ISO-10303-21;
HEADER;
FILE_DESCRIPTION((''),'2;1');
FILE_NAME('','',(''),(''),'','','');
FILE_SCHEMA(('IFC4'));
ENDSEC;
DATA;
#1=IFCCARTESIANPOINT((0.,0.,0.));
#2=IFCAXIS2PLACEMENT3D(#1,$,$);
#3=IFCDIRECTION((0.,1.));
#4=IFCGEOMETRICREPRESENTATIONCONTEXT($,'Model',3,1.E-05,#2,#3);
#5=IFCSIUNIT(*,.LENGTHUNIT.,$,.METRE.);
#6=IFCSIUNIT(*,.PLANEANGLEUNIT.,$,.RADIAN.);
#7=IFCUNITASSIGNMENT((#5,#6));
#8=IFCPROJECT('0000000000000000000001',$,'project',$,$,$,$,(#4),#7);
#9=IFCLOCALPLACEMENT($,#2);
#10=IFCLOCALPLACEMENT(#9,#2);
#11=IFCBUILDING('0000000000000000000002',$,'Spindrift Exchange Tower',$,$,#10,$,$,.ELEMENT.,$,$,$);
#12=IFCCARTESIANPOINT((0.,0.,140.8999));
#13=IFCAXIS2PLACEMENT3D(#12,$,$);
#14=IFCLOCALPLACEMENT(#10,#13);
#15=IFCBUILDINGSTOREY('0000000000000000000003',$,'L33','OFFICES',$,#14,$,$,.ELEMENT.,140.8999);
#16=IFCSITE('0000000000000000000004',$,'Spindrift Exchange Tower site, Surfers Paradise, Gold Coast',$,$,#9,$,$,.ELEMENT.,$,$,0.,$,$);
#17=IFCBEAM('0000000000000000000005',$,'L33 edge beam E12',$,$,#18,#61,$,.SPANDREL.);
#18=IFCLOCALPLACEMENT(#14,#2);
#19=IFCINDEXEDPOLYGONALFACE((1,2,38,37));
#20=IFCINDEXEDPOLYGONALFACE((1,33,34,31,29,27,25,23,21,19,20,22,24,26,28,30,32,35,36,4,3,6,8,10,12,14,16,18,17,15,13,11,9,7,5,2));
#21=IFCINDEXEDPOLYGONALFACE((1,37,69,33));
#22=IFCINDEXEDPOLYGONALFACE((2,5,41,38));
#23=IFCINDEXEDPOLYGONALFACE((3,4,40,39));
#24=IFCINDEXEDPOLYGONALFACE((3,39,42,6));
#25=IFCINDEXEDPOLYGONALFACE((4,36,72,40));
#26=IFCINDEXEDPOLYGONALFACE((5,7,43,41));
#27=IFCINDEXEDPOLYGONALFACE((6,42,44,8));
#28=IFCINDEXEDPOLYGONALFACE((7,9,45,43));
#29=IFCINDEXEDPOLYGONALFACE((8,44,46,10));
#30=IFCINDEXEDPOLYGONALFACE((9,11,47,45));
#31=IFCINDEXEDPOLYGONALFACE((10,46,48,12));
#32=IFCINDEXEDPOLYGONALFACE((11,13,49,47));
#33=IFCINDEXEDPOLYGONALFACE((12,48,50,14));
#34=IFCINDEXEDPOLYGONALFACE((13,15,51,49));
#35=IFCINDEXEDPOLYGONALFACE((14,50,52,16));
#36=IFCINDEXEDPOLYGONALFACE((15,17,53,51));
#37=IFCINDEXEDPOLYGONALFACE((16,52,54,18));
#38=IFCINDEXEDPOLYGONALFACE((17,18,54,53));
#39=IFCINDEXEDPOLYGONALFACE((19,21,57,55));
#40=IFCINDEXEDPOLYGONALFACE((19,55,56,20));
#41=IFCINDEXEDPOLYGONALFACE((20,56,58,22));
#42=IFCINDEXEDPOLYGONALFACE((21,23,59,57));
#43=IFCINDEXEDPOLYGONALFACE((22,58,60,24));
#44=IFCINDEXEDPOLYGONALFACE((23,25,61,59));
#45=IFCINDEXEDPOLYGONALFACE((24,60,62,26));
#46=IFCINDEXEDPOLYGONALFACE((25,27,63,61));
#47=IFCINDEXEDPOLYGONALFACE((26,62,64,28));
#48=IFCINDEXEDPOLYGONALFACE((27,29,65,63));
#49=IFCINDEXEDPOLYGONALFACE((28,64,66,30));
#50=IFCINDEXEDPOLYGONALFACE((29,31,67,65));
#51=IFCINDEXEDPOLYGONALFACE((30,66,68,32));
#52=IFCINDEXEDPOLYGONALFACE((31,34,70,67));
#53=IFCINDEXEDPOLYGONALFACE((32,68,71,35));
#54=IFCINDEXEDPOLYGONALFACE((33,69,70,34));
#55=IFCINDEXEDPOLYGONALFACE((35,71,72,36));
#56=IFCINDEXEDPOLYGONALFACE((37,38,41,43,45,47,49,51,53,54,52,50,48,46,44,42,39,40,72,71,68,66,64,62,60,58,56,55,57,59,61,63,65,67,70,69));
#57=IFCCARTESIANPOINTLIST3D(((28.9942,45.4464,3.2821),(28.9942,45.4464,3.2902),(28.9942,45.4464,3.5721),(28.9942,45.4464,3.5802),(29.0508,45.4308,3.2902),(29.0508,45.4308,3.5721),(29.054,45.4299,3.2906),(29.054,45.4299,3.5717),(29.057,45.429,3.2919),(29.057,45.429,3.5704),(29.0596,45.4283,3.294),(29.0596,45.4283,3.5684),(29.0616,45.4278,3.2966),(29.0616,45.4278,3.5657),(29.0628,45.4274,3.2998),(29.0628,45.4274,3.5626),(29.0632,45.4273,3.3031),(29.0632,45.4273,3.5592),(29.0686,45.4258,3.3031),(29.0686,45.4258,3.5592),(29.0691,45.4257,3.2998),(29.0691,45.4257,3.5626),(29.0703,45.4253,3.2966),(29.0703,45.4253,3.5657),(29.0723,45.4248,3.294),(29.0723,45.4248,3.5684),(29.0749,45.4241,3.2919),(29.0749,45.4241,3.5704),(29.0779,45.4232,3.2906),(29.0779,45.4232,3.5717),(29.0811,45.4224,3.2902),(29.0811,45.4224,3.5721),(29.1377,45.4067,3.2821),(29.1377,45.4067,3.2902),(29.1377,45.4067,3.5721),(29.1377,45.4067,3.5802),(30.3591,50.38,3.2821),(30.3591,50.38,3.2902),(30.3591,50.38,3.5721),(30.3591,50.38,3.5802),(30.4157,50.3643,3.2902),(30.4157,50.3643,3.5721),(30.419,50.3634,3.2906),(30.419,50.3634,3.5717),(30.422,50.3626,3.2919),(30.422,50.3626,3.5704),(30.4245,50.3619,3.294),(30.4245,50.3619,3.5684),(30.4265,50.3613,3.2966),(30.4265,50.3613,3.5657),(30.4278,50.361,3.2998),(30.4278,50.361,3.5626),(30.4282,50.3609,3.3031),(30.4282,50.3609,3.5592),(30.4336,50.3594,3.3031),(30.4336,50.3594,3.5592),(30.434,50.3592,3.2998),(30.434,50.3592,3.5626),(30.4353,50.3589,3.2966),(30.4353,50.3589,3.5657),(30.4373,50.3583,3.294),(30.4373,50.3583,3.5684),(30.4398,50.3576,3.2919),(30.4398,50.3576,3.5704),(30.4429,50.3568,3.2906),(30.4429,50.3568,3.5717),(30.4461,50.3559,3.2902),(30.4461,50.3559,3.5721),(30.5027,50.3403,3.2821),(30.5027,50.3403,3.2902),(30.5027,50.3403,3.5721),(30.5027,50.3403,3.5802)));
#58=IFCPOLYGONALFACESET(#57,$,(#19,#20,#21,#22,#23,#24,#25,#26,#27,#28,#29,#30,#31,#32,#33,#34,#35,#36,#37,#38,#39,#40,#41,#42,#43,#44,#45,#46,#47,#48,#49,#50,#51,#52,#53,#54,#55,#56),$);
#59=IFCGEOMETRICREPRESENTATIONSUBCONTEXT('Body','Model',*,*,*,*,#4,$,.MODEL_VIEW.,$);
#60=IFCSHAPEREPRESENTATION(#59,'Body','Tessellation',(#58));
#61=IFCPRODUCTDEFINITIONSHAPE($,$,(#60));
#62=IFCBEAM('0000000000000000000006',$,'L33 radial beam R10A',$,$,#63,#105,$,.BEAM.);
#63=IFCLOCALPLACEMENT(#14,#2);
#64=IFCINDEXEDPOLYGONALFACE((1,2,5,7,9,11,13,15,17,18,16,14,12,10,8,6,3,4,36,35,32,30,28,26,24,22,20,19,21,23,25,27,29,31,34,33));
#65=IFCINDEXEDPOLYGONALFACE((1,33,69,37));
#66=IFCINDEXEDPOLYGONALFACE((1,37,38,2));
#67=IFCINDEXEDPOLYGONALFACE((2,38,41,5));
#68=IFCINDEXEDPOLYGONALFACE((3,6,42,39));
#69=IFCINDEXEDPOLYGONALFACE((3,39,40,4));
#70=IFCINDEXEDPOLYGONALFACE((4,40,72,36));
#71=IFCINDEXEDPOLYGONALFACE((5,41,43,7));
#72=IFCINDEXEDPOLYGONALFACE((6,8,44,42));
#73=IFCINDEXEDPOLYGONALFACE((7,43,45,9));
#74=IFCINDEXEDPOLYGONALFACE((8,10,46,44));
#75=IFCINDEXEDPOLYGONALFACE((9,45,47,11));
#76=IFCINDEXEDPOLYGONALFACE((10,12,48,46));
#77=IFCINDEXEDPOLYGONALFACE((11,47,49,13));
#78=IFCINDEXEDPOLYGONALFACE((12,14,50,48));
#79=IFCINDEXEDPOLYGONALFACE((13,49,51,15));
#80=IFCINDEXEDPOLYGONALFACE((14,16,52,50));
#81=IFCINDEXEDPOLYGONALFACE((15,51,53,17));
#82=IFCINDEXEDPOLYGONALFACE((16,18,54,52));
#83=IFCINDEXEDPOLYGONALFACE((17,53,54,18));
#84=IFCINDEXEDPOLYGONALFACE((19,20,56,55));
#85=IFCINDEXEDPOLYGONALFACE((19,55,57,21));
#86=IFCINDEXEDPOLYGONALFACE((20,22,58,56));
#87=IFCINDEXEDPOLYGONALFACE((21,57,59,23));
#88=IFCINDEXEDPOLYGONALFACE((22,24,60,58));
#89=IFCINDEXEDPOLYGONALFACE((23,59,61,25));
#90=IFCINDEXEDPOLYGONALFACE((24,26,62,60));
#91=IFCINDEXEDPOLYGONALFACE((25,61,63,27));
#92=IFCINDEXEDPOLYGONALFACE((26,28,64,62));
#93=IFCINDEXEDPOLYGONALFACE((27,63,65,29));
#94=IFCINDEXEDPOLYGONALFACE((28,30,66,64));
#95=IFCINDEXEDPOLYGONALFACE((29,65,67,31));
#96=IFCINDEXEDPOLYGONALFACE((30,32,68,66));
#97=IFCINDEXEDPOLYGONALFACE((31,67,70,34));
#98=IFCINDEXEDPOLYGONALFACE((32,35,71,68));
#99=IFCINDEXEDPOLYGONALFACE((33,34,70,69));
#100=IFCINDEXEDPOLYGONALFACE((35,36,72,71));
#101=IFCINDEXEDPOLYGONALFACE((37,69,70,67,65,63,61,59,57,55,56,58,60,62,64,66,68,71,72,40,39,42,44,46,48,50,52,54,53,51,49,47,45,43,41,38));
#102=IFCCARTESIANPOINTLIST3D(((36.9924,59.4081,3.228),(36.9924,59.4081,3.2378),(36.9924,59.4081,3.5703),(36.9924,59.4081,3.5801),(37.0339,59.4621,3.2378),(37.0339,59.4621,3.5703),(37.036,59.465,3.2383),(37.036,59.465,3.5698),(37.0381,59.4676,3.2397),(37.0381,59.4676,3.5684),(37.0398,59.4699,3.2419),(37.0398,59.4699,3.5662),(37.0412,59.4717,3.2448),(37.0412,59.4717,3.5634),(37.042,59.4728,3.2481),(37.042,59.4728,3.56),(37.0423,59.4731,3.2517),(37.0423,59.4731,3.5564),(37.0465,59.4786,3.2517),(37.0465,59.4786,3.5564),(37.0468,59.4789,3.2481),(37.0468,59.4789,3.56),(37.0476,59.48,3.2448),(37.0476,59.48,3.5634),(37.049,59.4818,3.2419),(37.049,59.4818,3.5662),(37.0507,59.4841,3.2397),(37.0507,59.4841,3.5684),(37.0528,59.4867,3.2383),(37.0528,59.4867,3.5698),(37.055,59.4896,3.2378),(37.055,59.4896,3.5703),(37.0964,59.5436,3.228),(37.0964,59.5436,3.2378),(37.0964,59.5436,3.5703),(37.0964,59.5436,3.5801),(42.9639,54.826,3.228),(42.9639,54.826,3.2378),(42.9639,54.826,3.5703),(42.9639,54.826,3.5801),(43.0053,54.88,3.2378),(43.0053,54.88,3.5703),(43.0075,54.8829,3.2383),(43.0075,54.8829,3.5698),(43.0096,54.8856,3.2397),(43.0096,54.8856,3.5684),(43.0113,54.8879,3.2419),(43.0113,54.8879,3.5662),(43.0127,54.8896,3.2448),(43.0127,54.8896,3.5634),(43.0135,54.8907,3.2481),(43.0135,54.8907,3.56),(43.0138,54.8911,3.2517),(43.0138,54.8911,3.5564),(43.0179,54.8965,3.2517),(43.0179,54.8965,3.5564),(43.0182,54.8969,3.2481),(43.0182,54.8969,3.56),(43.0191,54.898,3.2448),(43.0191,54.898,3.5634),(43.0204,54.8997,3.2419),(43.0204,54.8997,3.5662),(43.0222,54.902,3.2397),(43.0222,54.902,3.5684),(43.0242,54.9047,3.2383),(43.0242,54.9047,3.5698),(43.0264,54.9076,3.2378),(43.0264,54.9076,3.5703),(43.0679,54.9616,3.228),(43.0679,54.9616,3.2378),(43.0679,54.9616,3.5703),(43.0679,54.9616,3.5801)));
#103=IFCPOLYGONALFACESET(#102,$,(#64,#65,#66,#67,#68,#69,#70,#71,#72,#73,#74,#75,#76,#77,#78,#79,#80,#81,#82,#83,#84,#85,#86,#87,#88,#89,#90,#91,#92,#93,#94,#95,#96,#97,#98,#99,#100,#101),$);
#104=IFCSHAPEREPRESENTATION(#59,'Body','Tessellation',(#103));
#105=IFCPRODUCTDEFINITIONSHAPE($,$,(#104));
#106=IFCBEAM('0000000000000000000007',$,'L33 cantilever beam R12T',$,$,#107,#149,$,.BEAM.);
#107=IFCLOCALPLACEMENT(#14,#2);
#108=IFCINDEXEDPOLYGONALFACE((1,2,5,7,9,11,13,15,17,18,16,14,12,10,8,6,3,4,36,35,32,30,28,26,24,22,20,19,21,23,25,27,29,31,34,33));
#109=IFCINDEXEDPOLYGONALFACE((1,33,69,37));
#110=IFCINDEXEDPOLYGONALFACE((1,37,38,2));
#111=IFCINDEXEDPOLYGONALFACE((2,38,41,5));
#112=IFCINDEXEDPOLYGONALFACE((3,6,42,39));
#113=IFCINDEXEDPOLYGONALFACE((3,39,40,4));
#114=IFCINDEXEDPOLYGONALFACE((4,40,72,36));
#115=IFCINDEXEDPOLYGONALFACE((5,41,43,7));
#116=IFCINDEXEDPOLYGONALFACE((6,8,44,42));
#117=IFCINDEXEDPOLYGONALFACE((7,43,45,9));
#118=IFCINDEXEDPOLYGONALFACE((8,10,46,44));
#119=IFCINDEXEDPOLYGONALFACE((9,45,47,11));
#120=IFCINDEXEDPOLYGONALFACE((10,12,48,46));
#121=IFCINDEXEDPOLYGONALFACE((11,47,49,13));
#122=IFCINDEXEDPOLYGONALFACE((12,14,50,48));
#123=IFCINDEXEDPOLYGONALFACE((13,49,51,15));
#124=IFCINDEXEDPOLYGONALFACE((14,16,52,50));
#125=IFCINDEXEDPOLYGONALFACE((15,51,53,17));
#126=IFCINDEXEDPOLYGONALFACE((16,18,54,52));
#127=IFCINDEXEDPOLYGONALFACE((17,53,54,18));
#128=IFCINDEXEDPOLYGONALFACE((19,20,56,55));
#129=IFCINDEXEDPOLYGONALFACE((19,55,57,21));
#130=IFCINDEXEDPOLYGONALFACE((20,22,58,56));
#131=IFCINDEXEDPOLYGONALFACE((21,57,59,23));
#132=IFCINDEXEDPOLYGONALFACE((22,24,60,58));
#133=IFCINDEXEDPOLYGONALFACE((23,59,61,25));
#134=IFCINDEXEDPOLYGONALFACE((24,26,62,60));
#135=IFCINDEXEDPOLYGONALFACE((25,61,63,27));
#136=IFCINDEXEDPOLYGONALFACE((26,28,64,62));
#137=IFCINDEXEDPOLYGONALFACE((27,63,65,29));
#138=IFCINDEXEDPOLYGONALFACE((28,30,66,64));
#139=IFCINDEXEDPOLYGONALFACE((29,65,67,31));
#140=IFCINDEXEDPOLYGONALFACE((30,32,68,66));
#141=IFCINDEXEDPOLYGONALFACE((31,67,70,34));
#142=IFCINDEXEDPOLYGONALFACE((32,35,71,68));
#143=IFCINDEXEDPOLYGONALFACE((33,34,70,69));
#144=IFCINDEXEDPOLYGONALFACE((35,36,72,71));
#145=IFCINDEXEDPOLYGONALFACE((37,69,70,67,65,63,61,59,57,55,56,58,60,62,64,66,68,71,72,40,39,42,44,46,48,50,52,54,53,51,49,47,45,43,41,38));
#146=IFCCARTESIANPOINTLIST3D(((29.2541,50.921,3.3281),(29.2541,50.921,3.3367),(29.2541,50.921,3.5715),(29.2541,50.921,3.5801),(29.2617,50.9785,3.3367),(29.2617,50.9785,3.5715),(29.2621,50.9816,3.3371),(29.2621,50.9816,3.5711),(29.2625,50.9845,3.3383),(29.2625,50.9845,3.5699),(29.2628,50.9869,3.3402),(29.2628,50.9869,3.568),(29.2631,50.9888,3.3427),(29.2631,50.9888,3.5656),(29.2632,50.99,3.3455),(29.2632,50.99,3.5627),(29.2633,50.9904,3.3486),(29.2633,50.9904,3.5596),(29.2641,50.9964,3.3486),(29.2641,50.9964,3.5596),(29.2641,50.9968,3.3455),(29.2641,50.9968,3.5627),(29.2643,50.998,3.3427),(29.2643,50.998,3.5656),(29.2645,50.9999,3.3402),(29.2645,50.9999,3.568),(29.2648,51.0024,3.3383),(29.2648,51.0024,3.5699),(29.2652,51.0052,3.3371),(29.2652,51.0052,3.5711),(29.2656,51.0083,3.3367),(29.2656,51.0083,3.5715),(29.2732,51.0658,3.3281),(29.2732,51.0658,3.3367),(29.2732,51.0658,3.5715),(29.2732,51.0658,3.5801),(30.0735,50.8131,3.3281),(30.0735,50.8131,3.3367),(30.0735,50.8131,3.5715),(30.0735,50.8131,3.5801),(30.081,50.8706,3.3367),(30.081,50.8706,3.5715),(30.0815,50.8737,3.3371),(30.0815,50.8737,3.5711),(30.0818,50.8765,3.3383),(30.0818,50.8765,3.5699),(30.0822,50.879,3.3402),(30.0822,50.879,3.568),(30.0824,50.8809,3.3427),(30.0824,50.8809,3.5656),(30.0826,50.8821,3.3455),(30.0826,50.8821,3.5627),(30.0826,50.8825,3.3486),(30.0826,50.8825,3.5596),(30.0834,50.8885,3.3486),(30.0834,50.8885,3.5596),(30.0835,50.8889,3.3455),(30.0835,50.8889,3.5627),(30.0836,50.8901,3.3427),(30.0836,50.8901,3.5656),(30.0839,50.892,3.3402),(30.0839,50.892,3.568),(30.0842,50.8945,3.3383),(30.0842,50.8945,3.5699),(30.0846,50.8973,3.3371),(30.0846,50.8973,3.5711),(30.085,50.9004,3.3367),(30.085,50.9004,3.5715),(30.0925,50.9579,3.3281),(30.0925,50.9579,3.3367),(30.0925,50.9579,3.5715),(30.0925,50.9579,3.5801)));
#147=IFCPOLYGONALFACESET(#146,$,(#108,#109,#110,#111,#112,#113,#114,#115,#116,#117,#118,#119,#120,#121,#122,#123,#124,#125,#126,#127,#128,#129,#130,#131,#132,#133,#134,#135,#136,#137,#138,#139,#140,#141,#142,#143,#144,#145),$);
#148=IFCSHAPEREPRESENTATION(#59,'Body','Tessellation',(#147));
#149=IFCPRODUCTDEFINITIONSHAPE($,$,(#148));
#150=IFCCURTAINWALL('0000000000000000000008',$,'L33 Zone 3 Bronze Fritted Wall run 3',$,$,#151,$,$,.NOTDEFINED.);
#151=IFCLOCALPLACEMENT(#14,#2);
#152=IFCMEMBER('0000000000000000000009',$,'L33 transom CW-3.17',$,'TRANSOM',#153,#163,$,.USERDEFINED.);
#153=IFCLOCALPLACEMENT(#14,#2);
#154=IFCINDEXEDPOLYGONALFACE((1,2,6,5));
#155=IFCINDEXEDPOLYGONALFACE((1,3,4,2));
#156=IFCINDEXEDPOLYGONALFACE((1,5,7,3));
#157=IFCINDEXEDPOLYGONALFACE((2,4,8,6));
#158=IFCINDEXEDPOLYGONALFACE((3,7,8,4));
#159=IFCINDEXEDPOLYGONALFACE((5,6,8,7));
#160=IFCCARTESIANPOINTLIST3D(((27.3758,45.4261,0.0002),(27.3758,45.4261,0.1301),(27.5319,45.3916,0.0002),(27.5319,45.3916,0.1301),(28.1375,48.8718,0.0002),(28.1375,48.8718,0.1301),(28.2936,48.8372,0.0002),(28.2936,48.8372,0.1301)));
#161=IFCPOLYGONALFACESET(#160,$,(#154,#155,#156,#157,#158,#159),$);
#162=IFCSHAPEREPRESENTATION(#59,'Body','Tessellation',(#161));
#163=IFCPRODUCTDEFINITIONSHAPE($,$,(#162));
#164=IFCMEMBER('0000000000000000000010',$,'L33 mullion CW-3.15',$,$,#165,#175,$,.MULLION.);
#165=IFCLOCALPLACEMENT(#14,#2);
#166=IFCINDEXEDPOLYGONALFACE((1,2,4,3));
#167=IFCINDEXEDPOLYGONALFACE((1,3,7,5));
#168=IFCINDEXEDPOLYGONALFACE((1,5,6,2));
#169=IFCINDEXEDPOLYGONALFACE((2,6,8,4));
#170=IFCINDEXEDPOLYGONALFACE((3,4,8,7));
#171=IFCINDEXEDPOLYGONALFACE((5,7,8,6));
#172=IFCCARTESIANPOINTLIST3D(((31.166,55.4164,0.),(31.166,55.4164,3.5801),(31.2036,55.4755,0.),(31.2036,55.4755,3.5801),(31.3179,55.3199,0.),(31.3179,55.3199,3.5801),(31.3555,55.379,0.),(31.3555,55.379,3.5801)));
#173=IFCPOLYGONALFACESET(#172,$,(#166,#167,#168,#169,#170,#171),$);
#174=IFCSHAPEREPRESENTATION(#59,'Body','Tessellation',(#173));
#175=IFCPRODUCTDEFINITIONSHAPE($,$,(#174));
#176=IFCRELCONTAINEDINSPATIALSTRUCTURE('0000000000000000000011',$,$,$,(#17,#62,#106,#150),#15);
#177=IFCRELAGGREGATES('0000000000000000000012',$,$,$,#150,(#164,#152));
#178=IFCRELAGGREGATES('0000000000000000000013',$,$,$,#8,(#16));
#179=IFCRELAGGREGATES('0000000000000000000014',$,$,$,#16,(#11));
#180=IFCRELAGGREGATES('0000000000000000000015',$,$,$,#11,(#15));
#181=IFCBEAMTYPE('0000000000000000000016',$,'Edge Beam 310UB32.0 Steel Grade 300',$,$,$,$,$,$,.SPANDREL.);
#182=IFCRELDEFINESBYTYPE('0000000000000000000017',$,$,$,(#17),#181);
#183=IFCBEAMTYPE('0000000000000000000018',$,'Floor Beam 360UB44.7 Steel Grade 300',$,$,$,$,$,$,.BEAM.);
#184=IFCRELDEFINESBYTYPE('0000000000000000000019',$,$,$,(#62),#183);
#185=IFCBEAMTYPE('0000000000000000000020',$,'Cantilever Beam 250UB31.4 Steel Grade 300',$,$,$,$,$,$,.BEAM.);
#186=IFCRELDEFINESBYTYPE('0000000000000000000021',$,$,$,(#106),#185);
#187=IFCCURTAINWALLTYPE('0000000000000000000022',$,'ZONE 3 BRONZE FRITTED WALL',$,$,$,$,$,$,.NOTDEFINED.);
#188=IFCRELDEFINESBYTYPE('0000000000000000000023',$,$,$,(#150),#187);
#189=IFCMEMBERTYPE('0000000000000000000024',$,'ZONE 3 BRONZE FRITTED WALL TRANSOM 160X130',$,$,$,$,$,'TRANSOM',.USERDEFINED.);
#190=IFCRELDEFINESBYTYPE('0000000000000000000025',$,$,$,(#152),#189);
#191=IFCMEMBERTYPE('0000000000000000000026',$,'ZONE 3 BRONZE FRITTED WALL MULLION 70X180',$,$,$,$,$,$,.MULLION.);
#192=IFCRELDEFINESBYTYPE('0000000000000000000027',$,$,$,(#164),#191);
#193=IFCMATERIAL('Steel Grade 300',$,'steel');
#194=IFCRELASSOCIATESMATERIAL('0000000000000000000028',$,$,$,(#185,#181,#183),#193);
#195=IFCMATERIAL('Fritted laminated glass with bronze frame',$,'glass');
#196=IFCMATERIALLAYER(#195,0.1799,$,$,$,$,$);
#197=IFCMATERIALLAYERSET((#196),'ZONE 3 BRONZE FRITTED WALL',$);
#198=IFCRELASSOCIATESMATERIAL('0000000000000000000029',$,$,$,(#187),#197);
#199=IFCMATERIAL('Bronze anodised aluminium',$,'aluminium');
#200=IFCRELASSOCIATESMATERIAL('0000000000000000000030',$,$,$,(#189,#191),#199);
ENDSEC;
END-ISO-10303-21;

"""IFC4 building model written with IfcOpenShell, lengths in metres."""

from ifc_helpers import new_model, si_unit, direction, frame, origin, origin_2d, place, context, subcontext, project, spatial, rectangle, i_section, extrude, source, transform, mapped, material, layer, layer_set, material_profile, profile_set, type_object, element, aggregate, save


model = new_model("IFC4")

# Units and contexts
model_context = context("Model", 3, precision=1e-05, world=origin(), true_north=direction((0.0, 1.0)))
body_context = subcontext(model_context, "Body", "Model", "MODEL_VIEW")
ifc_project = project(units=[si_unit("LENGTHUNIT", "METRE"), si_unit("PLANEANGLEUNIT", "RADIAN")], contexts=[model_context])

# Site, building, storey
site_placement = place(None, origin())
site = spatial("IfcSite", under=ifc_project, at=site_placement, Name="Spindrift Exchange Tower site, Surfers Paradise, Gold Coast", CompositionType="ELEMENT", RefElevation=0.0)
building_placement = place(site_placement, origin())
building = spatial("IfcBuilding", under=site, at=building_placement, Name="Spindrift Exchange Tower", CompositionType="ELEMENT")
storey_placement = place(building_placement, frame((0.0, 0.0, 140.8999)))
storey = spatial("IfcBuildingStorey", under=building, at=storey_placement, Name="L33", Description="OFFICES", CompositionType="ELEMENT", Elevation=140.8999)

# Beams
ifc_material_1 = material(Name="Steel Grade 300", Category="steel")
ifc_material_profile_1 = material_profile(ifc_material_1, i_section(OverallWidth=0.146, OverallDepth=0.252, WebThickness=0.0061, FlangeThickness=0.0085, FilletRadius=0.012, at=origin_2d()), Name="250UB31.4")
ifc_profile_set_1 = profile_set([ifc_material_profile_1], Name="Steel Grade 300")
beam_type_1 = type_object("IfcBeamType", Name="Cantilever Beam 250UB31.4 Steel Grade 300", PredefinedType="BEAM", material=ifc_profile_set_1)
ifc_material_profile_2 = material_profile(ifc_material_1, i_section(OverallWidth=0.1489, OverallDepth=0.2981, WebThickness=0.0056, FlangeThickness=0.0081, FilletRadius=0.0129, at=origin_2d()), Name="310UB32.0")
ifc_profile_set_2 = profile_set([ifc_material_profile_2], Name="Steel Grade 300")
beam_type_2 = type_object("IfcBeamType", Name="Edge Beam 310UB32.0 Steel Grade 300", PredefinedType="SPANDREL", material=ifc_profile_set_2)
shared_shape_1 = source(origin(), body_context, "Body", "SweptSolid", [
    extrude(i_section(OverallWidth=0.1489, OverallDepth=0.2981, WebThickness=0.0056, FlangeThickness=0.0081, FilletRadius=0.0129, at=origin_2d()), origin(), (0.0, 0.0, 1.0), 5.1189),
])
beam_1_placement = place(storey_placement, frame((30.4309, 50.3601, 3.4312), z_axis=(-0.266655, -0.963792, 0.0), x_axis=(0.963792, -0.266655, 0.0)))
element("IfcBeam", 1, at=beam_1_placement, inside=storey, type_object=beam_type_2, Name="L33 edge beam E12", PredefinedType="SPANDREL", context=body_context, shape_type="MappedRepresentation", body=[
    mapped(shared_shape_1, transform((0.0, 0.0, 0.0), scale=1.0)),
])
ifc_material_profile_3 = material_profile(ifc_material_1, i_section(OverallWidth=0.1709, OverallDepth=0.3521, WebThickness=0.0068, FlangeThickness=0.0098, FilletRadius=0.0139, at=origin_2d()), Name="360UB44.7")
ifc_profile_set_3 = profile_set([ifc_material_profile_3], Name="Steel Grade 300")
beam_type_3 = type_object("IfcBeamType", Name="Floor Beam 360UB44.7 Steel Grade 300", PredefinedType="BEAM", material=ifc_profile_set_3)
shared_shape_2 = source(origin(), body_context, "Body", "SweptSolid", [
    extrude(i_section(OverallWidth=0.1709, OverallDepth=0.3521, WebThickness=0.0068, FlangeThickness=0.0098, FilletRadius=0.0139, at=origin_2d()), origin(), (0.0, 0.0, 1.0), 7.5269),
])
beam_2_placement = place(storey_placement, frame((43.0159, 54.8938, 3.4041), z_axis=(-0.793354, 0.60876, 0.0), x_axis=(-0.60876, -0.793354, 0.0)))
element("IfcBeam", 2, at=beam_2_placement, inside=storey, type_object=beam_type_3, Name="L33 radial beam R10A", PredefinedType="BEAM", context=body_context, shape_type="MappedRepresentation", body=[
    mapped(shared_shape_2, transform((0.0, 0.0, 0.0), scale=1.0)),
])
shared_shape_3 = source(origin(), body_context, "Body", "SweptSolid", [
    extrude(i_section(OverallWidth=0.146, OverallDepth=0.252, WebThickness=0.0061, FlangeThickness=0.0085, FilletRadius=0.012, at=origin_2d()), origin(), (0.0, 0.0, 1.0), 0.8264),
])
beam_3_placement = place(storey_placement, frame((30.083, 50.8855, 3.4541), z_axis=(-0.991438, 0.130577, 0.0), x_axis=(-0.130577, -0.991438, 0.0)))
element("IfcBeam", 3, at=beam_3_placement, inside=storey, type_object=beam_type_1, Name="L33 cantilever beam R12T", PredefinedType="BEAM", context=body_context, shape_type="MappedRepresentation", body=[
    mapped(shared_shape_3, transform((0.0, 0.0, 0.0), scale=1.0)),
])

# Curtain wall, members
ifc_material_2 = material(Name="Fritted laminated glass with bronze frame", Category="glass")
ifc_layer_1 = layer(ifc_material_2, 0.1799)
ifc_layer_set_1 = layer_set([ifc_layer_1], Name="ZONE 3 BRONZE FRITTED WALL")
curtain_wall_type = type_object("IfcCurtainWallType", Name="ZONE 3 BRONZE FRITTED WALL", PredefinedType="NOTDEFINED", material=ifc_layer_set_1)
curtain_wall_placement = place(storey_placement, origin())
curtain_wall = element("IfcCurtainWall", 4, at=curtain_wall_placement, inside=storey, type_object=curtain_wall_type, Name="L33 Zone 3 Bronze Fritted Wall run 3", PredefinedType="NOTDEFINED")
ifc_material_3 = material(Name="Bronze anodised aluminium", Category="aluminium")
ifc_material_profile_4 = material_profile(ifc_material_3, rectangle(XDim=0.1599, YDim=0.1299, at=origin_2d()), Name="ZONE 3 BRONZE FRITTED WALL TRANSOM 160X130")
ifc_profile_set_4 = profile_set([ifc_material_profile_4], Name="Bronze anodised aluminium")
member_type_1 = type_object("IfcMemberType", Name="ZONE 3 BRONZE FRITTED WALL TRANSOM 160X130", ElementType="TRANSOM", PredefinedType="USERDEFINED", material=ifc_profile_set_4)
shared_shape_4 = source(origin(), body_context, "Body", "SweptSolid", [
    extrude(rectangle(XDim=0.1599, YDim=0.1299, at=origin_2d()), origin(), (0.0, 0.0, 1.0), 3.5288),
])
member_1_placement = place(storey_placement, frame((28.2156, 48.8545, 0.0652), z_axis=(-0.215861, -0.976424, 0.0), x_axis=(0.976424, -0.215861, 0.0)))
member_1 = element("IfcMember", 5, at=member_1_placement, type_object=member_type_1, Name="L33 transom CW-3.17", ObjectType="TRANSOM", PredefinedType="USERDEFINED", context=body_context, shape_type="MappedRepresentation", body=[
    mapped(shared_shape_4, transform((0.0, 0.0, 0.0), scale=1.0)),
])
ifc_material_profile_5 = material_profile(ifc_material_3, rectangle(XDim=0.0701, YDim=0.1799, at=origin_2d()), Name="ZONE 3 BRONZE FRITTED WALL MULLION 70X180")
ifc_profile_set_5 = profile_set([ifc_material_profile_5], Name="Bronze anodised aluminium")
member_type_2 = type_object("IfcMemberType", Name="ZONE 3 BRONZE FRITTED WALL MULLION 70X180", PredefinedType="MULLION", material=ifc_profile_set_5)
shared_shape_5 = source(origin(), body_context, "Body", "SweptSolid", [
    extrude(rectangle(XDim=0.0701, YDim=0.1799, at=origin_2d()), origin(), (0.0, 0.0, 1.0), 3.5801),
])
member_2_placement = place(storey_placement, frame((31.2607, 55.3977, 0.0), z_axis=(0.0, 0.0, 1.0), x_axis=(-0.53611, -0.844148, 0.0)))
member_2 = element("IfcMember", 6, at=member_2_placement, type_object=member_type_2, Name="L33 mullion CW-3.15", PredefinedType="MULLION", context=body_context, shape_type="MappedRepresentation", body=[
    mapped(shared_shape_5, transform((0.0, 0.0, 0.0), scale=1.0)),
])
aggregate(curtain_wall, [member_2, member_1])

save(model, "model.ifc")
